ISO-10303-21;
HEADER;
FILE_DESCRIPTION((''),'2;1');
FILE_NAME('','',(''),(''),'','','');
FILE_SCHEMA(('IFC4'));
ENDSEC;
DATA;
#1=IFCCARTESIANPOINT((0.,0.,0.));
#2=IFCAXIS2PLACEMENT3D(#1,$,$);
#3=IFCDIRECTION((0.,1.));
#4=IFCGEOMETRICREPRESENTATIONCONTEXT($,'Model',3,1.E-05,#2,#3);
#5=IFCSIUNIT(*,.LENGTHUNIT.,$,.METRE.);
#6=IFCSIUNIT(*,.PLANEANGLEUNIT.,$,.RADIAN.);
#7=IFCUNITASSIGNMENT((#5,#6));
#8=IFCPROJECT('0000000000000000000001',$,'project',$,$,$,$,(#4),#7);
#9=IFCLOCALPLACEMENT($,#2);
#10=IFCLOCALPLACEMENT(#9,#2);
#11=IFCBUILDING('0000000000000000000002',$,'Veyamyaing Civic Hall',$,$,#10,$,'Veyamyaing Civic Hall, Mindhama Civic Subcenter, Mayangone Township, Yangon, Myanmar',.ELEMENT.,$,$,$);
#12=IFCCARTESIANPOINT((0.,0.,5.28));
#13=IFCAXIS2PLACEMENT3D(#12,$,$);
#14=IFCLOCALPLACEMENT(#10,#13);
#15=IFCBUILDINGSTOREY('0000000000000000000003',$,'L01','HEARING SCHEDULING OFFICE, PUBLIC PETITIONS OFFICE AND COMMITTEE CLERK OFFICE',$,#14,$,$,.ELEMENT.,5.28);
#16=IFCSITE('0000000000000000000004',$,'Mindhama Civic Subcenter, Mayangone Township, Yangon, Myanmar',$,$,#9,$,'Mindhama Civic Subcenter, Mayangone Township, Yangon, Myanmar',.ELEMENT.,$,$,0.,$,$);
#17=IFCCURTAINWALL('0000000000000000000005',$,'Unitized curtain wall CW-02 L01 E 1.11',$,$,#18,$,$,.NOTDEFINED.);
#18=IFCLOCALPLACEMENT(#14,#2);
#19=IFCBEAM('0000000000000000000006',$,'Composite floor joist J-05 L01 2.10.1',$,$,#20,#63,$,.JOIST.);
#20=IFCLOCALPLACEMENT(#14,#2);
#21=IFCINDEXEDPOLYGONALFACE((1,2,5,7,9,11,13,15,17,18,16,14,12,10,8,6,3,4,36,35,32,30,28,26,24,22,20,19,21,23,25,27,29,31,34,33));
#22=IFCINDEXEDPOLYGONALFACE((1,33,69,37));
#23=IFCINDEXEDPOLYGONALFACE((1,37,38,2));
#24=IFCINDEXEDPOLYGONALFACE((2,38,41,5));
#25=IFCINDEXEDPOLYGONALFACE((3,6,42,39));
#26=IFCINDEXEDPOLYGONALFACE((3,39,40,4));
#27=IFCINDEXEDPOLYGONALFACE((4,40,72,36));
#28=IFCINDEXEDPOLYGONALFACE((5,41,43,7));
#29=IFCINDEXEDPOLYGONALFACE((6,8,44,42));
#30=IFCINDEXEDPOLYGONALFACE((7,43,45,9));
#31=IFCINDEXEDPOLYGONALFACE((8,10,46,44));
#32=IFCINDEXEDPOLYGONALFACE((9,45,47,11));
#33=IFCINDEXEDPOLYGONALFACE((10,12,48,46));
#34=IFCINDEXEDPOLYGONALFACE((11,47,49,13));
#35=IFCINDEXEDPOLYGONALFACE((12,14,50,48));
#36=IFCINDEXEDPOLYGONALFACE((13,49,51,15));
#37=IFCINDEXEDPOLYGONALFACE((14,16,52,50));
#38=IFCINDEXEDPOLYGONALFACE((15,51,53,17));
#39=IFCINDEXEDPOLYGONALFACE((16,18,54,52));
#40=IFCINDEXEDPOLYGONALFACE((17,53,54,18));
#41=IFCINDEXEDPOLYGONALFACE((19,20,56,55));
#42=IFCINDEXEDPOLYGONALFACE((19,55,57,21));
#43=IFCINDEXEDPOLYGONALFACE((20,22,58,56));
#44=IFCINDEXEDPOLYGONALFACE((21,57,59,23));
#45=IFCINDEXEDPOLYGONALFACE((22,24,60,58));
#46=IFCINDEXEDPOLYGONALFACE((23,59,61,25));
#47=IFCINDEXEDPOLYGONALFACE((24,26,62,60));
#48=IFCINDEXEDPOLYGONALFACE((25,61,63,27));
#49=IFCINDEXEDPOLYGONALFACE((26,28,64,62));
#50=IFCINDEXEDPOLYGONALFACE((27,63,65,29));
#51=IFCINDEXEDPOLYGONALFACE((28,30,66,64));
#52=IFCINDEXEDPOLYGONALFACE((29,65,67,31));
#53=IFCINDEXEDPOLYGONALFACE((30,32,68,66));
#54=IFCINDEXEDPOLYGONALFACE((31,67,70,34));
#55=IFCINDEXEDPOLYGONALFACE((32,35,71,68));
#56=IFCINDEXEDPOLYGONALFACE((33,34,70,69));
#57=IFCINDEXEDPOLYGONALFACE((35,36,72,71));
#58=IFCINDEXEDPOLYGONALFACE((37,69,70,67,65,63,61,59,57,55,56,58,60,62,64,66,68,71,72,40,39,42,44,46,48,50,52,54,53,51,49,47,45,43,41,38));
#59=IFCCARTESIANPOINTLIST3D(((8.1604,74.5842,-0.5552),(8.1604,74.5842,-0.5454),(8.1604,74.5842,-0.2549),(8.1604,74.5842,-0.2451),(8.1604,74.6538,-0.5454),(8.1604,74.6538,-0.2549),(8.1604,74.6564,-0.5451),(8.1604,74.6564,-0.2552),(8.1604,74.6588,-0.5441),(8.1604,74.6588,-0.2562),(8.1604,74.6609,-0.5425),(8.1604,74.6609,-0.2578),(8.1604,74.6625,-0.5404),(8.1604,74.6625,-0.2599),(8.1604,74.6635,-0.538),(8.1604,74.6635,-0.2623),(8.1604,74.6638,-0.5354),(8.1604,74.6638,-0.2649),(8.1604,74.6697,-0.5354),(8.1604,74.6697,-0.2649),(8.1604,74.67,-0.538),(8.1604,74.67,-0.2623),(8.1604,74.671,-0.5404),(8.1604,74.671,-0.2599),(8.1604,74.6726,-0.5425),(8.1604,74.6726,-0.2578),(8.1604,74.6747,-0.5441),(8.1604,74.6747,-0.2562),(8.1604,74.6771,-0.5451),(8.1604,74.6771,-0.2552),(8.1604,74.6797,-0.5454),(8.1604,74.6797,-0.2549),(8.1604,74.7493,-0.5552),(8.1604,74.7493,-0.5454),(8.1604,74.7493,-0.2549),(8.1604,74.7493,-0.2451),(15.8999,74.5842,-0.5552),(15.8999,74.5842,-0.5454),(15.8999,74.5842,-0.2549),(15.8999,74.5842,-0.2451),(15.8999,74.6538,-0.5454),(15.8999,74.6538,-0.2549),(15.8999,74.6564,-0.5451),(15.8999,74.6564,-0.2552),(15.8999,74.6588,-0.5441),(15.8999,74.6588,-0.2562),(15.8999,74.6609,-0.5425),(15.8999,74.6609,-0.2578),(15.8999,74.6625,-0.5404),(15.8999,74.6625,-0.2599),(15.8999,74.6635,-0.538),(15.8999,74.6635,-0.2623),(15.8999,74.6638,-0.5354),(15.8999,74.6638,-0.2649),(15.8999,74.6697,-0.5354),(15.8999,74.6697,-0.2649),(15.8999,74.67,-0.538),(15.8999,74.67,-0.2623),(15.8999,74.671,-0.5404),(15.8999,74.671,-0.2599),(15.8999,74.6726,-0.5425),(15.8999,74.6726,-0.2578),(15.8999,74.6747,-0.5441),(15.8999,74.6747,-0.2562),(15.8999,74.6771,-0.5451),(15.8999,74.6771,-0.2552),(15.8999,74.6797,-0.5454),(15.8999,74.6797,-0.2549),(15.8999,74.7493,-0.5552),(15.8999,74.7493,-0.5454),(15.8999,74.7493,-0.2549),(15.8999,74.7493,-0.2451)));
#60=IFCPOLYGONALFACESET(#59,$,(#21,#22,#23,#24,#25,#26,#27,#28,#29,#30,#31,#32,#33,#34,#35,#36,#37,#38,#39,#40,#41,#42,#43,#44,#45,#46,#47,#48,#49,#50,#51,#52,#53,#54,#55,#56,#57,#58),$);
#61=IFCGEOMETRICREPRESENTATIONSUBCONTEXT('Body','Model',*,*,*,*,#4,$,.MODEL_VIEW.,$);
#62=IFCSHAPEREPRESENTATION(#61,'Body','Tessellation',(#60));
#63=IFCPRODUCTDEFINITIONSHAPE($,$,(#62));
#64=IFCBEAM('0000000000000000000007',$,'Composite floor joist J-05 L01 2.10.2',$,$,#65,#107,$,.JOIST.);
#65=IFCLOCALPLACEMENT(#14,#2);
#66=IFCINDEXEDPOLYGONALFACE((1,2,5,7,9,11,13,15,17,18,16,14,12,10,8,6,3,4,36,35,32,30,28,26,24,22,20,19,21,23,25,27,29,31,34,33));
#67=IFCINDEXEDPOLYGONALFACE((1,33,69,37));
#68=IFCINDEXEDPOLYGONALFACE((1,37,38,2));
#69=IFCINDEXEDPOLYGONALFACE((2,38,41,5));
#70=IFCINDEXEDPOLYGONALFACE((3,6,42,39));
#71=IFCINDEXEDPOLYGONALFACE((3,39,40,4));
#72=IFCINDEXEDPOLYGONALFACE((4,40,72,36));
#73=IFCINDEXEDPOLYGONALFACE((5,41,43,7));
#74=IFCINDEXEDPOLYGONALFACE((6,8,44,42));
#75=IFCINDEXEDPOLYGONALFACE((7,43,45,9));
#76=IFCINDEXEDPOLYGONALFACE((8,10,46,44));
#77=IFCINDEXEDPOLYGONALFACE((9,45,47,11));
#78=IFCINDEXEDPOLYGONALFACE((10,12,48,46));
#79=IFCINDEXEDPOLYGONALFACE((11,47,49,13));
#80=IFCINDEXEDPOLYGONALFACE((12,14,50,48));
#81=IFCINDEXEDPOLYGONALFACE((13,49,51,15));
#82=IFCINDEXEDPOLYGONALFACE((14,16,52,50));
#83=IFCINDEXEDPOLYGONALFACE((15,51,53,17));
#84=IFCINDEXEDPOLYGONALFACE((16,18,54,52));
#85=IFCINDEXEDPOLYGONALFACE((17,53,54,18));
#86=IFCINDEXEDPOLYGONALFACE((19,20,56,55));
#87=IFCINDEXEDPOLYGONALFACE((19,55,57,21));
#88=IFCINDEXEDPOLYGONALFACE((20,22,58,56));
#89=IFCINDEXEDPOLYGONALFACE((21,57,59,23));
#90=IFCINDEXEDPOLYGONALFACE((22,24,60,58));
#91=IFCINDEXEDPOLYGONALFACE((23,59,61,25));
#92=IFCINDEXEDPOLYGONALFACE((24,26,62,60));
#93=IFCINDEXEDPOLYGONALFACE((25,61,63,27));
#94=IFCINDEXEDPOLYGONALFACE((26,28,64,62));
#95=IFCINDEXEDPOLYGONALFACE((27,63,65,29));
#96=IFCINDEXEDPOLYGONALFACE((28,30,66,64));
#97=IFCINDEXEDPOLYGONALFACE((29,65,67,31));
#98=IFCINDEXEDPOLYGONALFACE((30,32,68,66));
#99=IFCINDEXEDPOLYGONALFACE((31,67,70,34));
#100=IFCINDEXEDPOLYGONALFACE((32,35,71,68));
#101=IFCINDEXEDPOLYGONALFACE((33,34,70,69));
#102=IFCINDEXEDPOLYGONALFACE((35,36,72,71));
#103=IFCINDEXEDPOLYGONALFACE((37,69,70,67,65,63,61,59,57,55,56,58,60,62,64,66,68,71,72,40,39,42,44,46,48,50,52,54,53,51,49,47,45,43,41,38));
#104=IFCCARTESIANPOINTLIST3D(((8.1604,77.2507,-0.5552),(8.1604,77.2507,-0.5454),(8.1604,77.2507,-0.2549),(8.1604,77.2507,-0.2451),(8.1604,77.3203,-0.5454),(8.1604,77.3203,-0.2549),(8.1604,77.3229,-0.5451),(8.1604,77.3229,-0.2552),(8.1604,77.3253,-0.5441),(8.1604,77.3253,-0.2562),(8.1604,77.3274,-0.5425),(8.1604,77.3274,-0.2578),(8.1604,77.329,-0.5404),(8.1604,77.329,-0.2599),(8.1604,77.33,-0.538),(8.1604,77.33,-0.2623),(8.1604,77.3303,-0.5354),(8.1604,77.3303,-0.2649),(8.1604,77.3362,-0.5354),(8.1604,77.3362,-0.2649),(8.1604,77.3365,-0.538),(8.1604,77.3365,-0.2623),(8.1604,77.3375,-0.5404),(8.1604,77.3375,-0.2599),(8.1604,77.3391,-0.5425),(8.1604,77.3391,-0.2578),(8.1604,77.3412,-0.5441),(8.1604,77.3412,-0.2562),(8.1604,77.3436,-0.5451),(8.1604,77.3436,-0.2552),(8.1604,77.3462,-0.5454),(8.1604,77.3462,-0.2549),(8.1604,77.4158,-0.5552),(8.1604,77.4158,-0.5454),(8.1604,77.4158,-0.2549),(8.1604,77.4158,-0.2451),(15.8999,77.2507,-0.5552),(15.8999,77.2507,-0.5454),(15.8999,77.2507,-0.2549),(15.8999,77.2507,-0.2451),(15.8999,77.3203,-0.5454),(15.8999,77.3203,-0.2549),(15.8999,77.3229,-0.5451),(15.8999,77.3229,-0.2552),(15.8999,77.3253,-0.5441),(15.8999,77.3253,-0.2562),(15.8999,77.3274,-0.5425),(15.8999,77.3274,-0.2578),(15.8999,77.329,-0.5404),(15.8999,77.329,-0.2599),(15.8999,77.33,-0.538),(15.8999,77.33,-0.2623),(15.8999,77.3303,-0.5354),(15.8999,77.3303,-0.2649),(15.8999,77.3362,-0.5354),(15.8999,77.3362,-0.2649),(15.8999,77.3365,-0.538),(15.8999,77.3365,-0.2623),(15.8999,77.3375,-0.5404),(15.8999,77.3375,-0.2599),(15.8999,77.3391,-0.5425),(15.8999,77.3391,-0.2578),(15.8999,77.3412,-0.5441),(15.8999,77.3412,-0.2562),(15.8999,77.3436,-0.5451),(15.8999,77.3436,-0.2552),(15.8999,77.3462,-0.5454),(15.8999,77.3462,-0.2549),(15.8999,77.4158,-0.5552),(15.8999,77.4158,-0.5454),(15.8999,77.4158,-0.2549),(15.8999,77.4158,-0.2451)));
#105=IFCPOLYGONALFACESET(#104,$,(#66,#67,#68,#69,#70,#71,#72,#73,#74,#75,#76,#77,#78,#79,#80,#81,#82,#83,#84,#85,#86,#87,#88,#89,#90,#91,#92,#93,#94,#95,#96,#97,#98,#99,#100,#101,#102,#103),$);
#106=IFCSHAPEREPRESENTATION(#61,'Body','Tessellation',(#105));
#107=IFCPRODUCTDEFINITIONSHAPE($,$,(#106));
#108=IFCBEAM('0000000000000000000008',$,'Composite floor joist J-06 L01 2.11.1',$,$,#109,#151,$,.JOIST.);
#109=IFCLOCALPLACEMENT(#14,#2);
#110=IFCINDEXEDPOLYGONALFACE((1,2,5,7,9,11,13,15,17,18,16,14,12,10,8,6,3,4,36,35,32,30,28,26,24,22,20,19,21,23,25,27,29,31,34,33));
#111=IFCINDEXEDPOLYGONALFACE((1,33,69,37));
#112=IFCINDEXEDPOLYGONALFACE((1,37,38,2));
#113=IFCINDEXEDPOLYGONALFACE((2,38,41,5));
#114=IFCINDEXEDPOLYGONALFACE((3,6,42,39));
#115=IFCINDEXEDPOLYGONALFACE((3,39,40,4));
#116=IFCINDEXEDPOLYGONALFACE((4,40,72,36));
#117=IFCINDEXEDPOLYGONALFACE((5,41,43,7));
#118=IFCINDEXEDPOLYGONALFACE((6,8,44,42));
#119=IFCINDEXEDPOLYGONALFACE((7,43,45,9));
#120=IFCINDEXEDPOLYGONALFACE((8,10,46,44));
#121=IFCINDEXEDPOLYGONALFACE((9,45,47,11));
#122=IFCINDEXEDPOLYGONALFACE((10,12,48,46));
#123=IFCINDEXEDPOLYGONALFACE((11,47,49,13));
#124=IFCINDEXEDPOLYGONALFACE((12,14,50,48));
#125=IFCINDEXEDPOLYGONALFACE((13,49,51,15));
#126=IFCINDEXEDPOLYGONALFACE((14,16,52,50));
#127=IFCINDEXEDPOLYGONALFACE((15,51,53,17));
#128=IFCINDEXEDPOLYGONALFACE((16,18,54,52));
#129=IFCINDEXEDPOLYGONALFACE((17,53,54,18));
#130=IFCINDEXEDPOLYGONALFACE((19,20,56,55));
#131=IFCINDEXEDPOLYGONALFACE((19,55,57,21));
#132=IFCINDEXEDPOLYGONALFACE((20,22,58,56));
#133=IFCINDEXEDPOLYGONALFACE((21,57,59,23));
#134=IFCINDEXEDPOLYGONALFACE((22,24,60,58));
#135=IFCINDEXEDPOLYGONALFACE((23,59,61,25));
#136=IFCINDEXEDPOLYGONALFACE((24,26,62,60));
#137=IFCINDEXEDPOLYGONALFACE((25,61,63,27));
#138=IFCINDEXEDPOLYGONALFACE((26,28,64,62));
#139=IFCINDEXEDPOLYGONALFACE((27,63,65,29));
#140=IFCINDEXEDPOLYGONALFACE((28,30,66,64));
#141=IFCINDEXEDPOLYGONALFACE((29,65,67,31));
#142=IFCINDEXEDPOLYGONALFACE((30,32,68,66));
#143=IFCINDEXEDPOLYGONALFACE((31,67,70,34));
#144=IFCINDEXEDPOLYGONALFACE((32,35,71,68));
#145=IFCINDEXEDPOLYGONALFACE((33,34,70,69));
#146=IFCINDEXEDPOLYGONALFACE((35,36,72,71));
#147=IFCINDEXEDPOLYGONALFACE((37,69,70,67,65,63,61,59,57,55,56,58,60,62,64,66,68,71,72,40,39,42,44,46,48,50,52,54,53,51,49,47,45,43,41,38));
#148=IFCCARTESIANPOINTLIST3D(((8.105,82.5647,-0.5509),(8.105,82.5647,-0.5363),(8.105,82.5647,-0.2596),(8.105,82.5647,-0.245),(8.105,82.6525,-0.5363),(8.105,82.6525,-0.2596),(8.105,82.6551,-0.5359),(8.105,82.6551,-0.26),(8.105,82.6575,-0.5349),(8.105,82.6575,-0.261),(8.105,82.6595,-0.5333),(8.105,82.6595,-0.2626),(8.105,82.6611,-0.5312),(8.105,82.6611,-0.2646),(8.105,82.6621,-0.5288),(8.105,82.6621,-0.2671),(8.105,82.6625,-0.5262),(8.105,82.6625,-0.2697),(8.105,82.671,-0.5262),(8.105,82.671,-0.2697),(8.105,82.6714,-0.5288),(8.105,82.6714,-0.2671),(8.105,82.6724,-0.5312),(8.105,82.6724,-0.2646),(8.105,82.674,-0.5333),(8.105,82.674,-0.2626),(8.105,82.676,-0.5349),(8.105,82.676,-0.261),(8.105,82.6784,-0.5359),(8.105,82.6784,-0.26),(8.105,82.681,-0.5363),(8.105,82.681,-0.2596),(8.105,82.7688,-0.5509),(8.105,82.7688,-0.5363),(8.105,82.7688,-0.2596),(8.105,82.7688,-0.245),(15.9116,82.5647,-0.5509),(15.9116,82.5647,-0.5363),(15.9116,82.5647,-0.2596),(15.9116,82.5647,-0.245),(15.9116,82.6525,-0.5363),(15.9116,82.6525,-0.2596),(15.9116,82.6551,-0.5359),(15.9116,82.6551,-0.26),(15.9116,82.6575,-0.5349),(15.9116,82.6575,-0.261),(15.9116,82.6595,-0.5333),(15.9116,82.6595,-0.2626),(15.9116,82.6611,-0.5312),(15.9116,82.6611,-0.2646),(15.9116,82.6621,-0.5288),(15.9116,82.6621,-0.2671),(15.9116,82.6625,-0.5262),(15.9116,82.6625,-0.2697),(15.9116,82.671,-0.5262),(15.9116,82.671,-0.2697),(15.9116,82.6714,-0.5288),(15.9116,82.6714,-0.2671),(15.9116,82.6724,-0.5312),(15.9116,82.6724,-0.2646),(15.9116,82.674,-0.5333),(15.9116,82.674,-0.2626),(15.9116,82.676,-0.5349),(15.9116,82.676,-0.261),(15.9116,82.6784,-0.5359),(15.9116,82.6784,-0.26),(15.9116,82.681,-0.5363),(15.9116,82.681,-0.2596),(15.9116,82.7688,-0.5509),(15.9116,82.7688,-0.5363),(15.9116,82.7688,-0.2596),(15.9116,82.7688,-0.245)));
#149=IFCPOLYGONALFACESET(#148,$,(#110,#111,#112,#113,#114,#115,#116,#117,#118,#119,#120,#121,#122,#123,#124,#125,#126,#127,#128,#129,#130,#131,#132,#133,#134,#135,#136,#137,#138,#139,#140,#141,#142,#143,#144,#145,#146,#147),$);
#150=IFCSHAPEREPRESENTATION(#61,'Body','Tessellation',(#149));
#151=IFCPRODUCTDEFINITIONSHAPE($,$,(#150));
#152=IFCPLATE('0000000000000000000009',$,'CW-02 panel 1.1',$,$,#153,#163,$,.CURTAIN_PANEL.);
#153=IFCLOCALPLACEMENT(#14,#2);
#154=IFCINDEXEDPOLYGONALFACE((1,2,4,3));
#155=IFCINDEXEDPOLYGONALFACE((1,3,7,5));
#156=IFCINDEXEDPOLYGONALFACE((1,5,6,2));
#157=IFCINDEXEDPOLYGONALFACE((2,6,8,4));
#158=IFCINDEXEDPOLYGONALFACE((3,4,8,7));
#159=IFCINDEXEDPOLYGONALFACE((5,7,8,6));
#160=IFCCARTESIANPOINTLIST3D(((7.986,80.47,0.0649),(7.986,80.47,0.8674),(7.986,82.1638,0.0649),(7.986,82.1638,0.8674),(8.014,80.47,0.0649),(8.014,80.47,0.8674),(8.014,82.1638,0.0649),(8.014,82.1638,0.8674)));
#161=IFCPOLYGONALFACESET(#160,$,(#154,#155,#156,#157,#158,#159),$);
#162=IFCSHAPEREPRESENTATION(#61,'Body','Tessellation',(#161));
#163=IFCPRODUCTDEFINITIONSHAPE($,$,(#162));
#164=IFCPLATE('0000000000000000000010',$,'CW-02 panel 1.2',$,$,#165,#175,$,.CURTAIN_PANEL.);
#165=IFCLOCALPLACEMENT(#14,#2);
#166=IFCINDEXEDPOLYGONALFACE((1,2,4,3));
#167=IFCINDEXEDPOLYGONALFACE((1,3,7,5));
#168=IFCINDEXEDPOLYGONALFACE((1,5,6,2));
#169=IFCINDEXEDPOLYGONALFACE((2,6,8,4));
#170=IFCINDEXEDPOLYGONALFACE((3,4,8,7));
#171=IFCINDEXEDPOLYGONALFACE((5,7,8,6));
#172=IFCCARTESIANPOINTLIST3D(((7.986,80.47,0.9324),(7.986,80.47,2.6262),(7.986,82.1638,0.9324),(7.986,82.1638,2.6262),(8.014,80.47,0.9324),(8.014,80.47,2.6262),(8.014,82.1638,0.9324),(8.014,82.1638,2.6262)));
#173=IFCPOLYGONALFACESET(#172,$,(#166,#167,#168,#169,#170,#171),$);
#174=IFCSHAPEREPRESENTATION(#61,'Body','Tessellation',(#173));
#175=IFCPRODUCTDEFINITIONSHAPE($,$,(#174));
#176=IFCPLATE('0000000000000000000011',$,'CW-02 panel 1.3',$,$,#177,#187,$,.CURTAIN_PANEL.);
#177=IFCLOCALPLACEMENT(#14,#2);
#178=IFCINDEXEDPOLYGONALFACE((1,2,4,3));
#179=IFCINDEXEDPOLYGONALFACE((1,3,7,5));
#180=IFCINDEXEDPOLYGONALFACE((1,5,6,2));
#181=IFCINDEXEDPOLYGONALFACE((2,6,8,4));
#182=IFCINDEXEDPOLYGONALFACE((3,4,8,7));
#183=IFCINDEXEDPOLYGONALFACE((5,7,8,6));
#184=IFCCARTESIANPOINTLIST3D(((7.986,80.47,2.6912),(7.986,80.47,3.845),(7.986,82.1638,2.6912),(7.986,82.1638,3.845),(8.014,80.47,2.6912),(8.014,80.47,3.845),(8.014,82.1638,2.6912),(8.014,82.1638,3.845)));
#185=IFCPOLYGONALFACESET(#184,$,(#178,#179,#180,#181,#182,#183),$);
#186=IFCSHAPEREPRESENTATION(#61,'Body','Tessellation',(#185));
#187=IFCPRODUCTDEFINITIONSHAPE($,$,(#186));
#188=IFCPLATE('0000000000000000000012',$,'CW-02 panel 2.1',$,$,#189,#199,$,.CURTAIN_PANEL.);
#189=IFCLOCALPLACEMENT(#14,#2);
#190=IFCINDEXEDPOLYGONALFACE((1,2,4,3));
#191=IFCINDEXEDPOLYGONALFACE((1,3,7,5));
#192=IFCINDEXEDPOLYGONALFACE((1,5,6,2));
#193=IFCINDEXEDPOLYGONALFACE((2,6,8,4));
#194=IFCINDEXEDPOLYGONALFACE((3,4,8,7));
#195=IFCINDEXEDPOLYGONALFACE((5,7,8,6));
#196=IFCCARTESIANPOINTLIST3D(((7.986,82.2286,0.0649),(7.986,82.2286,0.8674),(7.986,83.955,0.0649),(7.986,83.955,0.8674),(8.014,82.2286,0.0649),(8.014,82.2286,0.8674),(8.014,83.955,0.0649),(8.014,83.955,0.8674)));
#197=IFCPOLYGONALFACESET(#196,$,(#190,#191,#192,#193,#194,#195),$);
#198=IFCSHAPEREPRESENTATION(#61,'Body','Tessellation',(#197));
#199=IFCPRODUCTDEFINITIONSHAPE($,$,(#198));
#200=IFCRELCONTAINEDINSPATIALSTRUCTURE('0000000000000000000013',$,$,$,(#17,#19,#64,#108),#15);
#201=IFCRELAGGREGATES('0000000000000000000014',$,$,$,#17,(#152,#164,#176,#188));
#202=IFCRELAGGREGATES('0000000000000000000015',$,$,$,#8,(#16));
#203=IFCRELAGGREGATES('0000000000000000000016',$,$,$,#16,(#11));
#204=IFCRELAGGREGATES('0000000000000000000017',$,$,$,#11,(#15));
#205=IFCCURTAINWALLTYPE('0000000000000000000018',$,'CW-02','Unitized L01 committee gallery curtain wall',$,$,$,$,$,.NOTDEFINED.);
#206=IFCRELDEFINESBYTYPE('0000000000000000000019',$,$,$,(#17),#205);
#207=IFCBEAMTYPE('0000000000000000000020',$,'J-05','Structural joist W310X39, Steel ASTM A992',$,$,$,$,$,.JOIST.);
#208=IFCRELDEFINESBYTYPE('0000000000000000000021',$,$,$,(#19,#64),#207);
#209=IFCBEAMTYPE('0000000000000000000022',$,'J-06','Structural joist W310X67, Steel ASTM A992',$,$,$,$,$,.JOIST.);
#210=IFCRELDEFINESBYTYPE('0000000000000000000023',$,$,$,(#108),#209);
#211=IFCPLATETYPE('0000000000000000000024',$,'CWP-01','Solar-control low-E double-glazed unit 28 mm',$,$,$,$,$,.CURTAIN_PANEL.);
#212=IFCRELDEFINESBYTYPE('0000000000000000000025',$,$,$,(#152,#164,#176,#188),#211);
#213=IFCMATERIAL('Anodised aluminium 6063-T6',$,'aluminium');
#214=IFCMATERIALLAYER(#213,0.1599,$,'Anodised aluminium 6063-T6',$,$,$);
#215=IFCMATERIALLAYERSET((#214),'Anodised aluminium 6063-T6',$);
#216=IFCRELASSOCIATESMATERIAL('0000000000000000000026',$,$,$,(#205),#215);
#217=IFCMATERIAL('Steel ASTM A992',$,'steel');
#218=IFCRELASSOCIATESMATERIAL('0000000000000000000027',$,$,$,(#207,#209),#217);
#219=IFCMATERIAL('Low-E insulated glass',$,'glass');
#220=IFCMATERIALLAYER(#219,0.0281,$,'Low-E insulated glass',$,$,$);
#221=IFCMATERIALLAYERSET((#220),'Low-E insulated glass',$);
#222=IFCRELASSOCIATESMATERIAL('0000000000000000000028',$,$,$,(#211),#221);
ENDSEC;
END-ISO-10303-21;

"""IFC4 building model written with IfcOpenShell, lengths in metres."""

from ifc_helpers import new_model, si_unit, direction, frame, origin, origin_2d, place, context, subcontext, project, spatial, rectangle, i_section, extrude, material, layer, layer_set, material_profile, profile_set, type_object, element, aggregate, save


model = new_model("IFC4")

# Units and contexts
model_context = context("Model", 3, precision=1e-05, world=origin(), true_north=direction((0.0, 1.0)))
body_context = subcontext(model_context, "Body", "Model", "MODEL_VIEW")
ifc_project = project(units=[si_unit("LENGTHUNIT", "METRE"), si_unit("PLANEANGLEUNIT", "RADIAN")], contexts=[model_context])

# Site, building, storey
site_placement = place(None, origin())
site = spatial("IfcSite", under=ifc_project, at=site_placement, Name="Mindhama Civic Subcenter, Mayangone Township, Yangon, Myanmar", LongName="Mindhama Civic Subcenter, Mayangone Township, Yangon, Myanmar", CompositionType="ELEMENT", RefElevation=0.0)
building_placement = place(site_placement, origin())
building = spatial("IfcBuilding", under=site, at=building_placement, Name="Veyamyaing Civic Hall", LongName="Veyamyaing Civic Hall, Mindhama Civic Subcenter, Mayangone Township, Yangon, Myanmar", CompositionType="ELEMENT")
storey_placement = place(building_placement, frame((0.0, 0.0, 5.28)))
storey = spatial("IfcBuildingStorey", under=building, at=storey_placement, Name="L01", Description="HEARING SCHEDULING OFFICE, PUBLIC PETITIONS OFFICE AND COMMITTEE CLERK OFFICE", CompositionType="ELEMENT", Elevation=5.28)

# Shared definitions
ifc_material_1 = material(Name="Steel ASTM A992", Category="steel")

# Curtain wall
ifc_material_2 = material(Name="Anodised aluminium 6063-T6", Category="aluminium")
ifc_layer_1 = layer(ifc_material_2, 0.1599, Name="Anodised aluminium 6063-T6")
ifc_layer_set_1 = layer_set([ifc_layer_1], Name="Anodised aluminium 6063-T6")
curtain_wall_type = type_object("IfcCurtainWallType", Name="CW-02", Description="Unitized L01 committee gallery curtain wall", PredefinedType="NOTDEFINED", material=ifc_layer_set_1)
curtain_wall_placement = place(storey_placement, origin())
curtain_wall = element("IfcCurtainWall", 1, at=curtain_wall_placement, inside=storey, type_object=curtain_wall_type, Name="Unitized curtain wall CW-02 L01 E 1.11", PredefinedType="NOTDEFINED")

# Beams
ifc_material_profile_1 = material_profile(ifc_material_1, i_section(OverallWidth=0.165, OverallDepth=0.3101, WebThickness=0.0059, FlangeThickness=0.0098, FilletRadius=0.01, at=origin_2d()), Name="W310X39")
ifc_profile_set_1 = profile_set([ifc_material_profile_1], Name="Steel ASTM A992")
beam_type_1 = type_object("IfcBeamType", Name="J-05", Description="Structural joist W310X39, Steel ASTM A992", PredefinedType="JOIST", material=ifc_profile_set_1)
for number, where, z_axis, x_axis, name in (
    (2, (8.1604, 74.6667, -0.4001), (1.0, 0.0, 0.0), (0.0, 1.0, 0.0), "Composite floor joist J-05 L01 2.10.1"),
    (3, (8.1604, 77.3333, -0.4001), (1.0, 0.0, 0.0), (0.0, 1.0, 0.0), "Composite floor joist J-05 L01 2.10.2"),
):
    element("IfcBeam", number, at=place(storey_placement, frame(where, z_axis=z_axis, x_axis=x_axis)), inside=storey, type_object=beam_type_1, Name=name, PredefinedType="JOIST", context=body_context, shape_type="SweptSolid", body=[
        extrude(i_section(OverallWidth=0.165, OverallDepth=0.3101, WebThickness=0.0059, FlangeThickness=0.0098, FilletRadius=0.01, at=origin_2d()), origin(), (0.0, 0.0, 1.0), 7.7395),
    ])
ifc_material_profile_2 = material_profile(ifc_material_1, i_section(OverallWidth=0.2041, OverallDepth=0.3059, WebThickness=0.0085, FlangeThickness=0.0146, FilletRadius=0.01, at=origin_2d()), Name="W310X67")
ifc_profile_set_2 = profile_set([ifc_material_profile_2], Name="Steel ASTM A992")
beam_type_2 = type_object("IfcBeamType", Name="J-06", Description="Structural joist W310X67, Steel ASTM A992", PredefinedType="JOIST", material=ifc_profile_set_2)
beam_1_placement = place(storey_placement, frame((8.105, 82.6667, -0.3979), z_axis=(1.0, 0.0, 0.0), x_axis=(0.0, 1.0, 0.0)))
element("IfcBeam", 4, at=beam_1_placement, inside=storey, type_object=beam_type_2, Name="Composite floor joist J-06 L01 2.11.1", PredefinedType="JOIST", context=body_context, shape_type="SweptSolid", body=[
    extrude(i_section(OverallWidth=0.2041, OverallDepth=0.3059, WebThickness=0.0085, FlangeThickness=0.0146, FilletRadius=0.01, at=origin_2d()), origin(), (0.0, 0.0, 1.0), 7.8066),
])

# Plates
ifc_material_3 = material(Name="Low-E insulated glass", Category="glass")
ifc_layer_2 = layer(ifc_material_3, 0.0281, Name="Low-E insulated glass")
ifc_layer_set_2 = layer_set([ifc_layer_2], Name="Low-E insulated glass")
plate_type = type_object("IfcPlateType", Name="CWP-01", Description="Solar-control low-E double-glazed unit 28 mm", PredefinedType="CURTAIN_PANEL", material=ifc_layer_set_2)
plate_1_placement = place(storey_placement, frame((8.0, 81.3169, 0.0649), z_axis=(0.0, 0.0, 1.0), x_axis=(0.0, 1.0, 0.0)))
plate_1 = element("IfcPlate", 5, at=plate_1_placement, type_object=plate_type, Name="CW-02 panel 1.1", PredefinedType="CURTAIN_PANEL", context=body_context, shape_type="SweptSolid", body=[
    extrude(rectangle(XDim=1.6938, YDim=0.0281, at=origin_2d()), origin(), (0.0, 0.0, 1.0), 0.8025),
])
plate_2_placement = place(storey_placement, frame((8.0, 81.3169, 0.9324), z_axis=(0.0, 0.0, 1.0), x_axis=(0.0, 1.0, 0.0)))
plate_2 = element("IfcPlate", 6, at=plate_2_placement, type_object=plate_type, Name="CW-02 panel 1.2", PredefinedType="CURTAIN_PANEL", context=body_context, shape_type="SweptSolid", body=[
    extrude(rectangle(XDim=1.6938, YDim=0.0281, at=origin_2d()), origin(), (0.0, 0.0, 1.0), 1.6938),
])
plate_3_placement = place(storey_placement, frame((8.0, 81.3169, 2.6912), z_axis=(0.0, 0.0, 1.0), x_axis=(0.0, 1.0, 0.0)))
plate_3 = element("IfcPlate", 7, at=plate_3_placement, type_object=plate_type, Name="CW-02 panel 1.3", PredefinedType="CURTAIN_PANEL", context=body_context, shape_type="SweptSolid", body=[
    extrude(rectangle(XDim=1.6938, YDim=0.0281, at=origin_2d()), origin(), (0.0, 0.0, 1.0), 1.1538),
])
plate_4_placement = place(storey_placement, frame((8.0, 83.0918, 0.0649), z_axis=(0.0, 0.0, 1.0), x_axis=(0.0, 1.0, 0.0)))
plate_4 = element("IfcPlate", 8, at=plate_4_placement, type_object=plate_type, Name="CW-02 panel 2.1", PredefinedType="CURTAIN_PANEL", context=body_context, shape_type="SweptSolid", body=[
    extrude(rectangle(XDim=1.7263, YDim=0.0281, at=origin_2d()), origin(), (0.0, 0.0, 1.0), 0.8025),
])
aggregate(curtain_wall, [plate_1, plate_2, plate_3, plate_4])

save(model, "model.ifc")
